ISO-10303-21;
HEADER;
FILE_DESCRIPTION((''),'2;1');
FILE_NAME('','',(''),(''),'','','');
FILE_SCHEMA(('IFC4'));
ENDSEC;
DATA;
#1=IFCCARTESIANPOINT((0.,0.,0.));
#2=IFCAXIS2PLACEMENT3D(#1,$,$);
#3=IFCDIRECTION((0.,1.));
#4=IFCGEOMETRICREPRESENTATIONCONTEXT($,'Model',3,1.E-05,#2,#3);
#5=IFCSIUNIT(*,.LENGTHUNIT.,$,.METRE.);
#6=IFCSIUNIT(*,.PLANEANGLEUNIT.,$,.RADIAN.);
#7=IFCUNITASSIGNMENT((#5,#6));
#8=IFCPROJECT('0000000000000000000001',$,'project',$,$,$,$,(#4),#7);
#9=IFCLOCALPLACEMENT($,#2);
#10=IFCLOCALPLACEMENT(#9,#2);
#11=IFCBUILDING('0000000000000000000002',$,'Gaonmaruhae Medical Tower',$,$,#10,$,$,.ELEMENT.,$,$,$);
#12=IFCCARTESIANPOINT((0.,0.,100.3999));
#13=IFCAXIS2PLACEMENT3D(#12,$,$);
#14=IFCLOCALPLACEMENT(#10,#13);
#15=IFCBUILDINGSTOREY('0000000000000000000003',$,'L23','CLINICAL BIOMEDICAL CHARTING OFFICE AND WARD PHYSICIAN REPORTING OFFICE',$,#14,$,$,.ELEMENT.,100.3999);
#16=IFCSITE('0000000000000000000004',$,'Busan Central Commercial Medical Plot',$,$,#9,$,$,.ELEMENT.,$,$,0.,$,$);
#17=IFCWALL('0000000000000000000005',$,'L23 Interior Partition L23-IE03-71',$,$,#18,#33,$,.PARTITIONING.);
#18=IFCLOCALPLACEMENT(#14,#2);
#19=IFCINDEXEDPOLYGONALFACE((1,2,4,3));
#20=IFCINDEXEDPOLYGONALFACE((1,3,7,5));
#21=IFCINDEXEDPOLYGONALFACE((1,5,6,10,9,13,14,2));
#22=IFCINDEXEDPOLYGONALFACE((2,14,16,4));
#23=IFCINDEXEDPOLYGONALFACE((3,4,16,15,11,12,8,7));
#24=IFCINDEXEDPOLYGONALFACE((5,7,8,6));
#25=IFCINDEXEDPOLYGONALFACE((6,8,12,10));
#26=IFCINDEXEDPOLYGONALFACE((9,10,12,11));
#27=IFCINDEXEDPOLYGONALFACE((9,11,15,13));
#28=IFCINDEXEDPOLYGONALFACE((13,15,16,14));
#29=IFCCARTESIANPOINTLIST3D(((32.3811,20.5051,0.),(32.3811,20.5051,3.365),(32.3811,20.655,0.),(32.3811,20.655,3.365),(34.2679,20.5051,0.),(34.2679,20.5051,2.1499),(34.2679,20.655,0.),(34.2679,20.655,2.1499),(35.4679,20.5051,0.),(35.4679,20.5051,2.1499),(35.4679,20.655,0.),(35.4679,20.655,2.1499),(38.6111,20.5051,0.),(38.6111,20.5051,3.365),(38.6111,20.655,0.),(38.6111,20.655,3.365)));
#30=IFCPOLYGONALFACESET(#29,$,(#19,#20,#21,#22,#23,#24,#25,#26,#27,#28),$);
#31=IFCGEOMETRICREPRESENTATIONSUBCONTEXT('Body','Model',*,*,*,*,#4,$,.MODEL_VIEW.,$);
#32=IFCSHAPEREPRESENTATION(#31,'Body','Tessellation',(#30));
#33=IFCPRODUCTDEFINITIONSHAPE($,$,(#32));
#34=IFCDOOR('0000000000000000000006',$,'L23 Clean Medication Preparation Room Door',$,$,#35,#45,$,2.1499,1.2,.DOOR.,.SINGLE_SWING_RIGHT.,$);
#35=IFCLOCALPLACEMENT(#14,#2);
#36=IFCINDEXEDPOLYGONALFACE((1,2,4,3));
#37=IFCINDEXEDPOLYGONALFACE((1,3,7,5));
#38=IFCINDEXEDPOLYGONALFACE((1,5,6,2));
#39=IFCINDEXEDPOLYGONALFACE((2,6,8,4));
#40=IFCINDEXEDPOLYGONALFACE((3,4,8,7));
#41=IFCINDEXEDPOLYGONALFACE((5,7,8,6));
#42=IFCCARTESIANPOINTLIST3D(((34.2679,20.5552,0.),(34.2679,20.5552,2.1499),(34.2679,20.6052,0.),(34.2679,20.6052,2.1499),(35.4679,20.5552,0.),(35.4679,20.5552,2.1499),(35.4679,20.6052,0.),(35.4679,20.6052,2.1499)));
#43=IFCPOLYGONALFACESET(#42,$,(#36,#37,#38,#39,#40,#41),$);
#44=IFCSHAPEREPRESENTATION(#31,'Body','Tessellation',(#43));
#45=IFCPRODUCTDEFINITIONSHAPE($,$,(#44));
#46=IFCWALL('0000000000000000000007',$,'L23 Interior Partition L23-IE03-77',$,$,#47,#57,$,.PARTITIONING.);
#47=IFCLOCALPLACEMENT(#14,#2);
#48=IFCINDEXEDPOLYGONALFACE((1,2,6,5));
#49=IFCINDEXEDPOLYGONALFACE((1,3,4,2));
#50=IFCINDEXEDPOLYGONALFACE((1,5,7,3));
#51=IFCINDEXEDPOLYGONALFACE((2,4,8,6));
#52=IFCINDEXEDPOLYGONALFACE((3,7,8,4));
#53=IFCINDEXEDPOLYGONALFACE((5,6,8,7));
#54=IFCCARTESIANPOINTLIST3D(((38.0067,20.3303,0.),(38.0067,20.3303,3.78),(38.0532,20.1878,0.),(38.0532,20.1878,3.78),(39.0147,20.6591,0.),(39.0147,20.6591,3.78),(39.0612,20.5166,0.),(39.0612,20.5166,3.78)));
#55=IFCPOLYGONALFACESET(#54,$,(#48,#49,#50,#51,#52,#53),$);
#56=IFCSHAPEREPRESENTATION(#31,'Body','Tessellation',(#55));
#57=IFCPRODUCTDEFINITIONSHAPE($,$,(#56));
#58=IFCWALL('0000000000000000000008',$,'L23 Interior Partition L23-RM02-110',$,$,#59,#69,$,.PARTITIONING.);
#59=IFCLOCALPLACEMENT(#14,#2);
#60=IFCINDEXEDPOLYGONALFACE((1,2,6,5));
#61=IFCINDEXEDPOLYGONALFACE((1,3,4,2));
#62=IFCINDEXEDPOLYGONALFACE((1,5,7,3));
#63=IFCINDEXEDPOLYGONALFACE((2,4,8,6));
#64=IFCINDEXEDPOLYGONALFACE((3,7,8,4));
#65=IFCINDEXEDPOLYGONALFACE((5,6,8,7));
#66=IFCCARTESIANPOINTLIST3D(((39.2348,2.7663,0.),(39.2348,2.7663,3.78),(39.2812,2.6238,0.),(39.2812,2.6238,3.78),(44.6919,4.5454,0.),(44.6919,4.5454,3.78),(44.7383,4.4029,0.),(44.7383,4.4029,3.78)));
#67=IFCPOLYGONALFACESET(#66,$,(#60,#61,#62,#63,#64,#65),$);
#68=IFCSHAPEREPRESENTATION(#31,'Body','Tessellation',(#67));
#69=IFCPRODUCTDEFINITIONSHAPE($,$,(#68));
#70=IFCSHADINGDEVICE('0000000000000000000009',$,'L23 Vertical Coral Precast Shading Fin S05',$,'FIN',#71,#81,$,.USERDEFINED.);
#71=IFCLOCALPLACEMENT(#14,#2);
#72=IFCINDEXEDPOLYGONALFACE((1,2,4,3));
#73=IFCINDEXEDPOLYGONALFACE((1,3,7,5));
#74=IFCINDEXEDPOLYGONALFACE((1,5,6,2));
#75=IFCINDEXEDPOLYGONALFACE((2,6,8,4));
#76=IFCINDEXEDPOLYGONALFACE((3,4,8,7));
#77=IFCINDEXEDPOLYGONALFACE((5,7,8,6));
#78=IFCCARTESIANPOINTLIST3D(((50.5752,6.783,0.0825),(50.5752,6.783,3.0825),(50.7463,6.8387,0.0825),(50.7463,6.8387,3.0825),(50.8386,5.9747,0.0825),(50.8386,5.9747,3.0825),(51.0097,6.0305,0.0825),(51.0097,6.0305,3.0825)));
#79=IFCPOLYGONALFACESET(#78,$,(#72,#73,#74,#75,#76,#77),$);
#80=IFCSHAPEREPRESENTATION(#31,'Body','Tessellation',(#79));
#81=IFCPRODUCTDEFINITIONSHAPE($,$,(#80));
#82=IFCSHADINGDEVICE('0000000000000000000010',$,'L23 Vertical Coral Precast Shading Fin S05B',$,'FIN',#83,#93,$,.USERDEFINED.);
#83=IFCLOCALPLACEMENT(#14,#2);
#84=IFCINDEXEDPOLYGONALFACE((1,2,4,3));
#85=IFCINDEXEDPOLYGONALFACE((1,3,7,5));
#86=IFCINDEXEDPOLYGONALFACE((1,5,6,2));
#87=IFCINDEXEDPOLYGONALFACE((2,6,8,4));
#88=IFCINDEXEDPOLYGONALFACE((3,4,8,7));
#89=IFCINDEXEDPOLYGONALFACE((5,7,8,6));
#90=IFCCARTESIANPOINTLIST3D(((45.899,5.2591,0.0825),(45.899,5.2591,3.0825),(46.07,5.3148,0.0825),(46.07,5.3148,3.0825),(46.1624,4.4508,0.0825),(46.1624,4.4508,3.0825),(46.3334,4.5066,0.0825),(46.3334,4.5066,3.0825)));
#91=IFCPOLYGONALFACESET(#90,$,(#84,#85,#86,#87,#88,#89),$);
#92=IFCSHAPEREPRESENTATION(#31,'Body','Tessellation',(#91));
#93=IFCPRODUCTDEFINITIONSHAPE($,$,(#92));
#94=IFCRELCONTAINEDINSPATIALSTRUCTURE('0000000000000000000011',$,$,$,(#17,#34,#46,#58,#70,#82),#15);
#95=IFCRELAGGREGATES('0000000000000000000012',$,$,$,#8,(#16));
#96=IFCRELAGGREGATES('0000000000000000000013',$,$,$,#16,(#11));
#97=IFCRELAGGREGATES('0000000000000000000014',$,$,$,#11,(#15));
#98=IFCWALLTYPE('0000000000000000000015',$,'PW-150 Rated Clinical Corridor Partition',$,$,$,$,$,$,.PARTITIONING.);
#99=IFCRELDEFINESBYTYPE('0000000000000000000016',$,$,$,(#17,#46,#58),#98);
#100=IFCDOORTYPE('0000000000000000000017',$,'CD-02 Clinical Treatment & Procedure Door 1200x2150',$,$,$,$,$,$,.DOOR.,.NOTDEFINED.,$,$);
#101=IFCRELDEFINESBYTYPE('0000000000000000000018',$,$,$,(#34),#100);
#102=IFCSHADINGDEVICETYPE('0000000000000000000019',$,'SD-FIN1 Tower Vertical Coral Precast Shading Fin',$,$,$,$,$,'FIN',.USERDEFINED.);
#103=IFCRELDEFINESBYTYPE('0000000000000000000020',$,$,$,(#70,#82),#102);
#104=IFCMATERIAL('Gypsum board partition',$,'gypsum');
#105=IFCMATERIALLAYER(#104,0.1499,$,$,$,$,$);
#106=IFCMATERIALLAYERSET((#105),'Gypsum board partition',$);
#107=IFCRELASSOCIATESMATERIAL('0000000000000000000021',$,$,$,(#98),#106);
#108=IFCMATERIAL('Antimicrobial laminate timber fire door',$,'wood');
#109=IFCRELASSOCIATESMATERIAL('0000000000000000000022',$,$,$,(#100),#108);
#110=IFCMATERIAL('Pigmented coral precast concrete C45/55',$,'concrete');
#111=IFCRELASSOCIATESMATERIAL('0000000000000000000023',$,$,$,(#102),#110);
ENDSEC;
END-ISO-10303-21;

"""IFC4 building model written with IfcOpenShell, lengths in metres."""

from ifc_helpers import new_model, si_unit, direction, frame, frame_2d, origin, origin_2d, place, context, subcontext, project, spatial, rectangle, extrude, material, layer, layer_set, type_object, element, fill, save


model = new_model("IFC4")

# Units and contexts
model_context = context("Model", 3, precision=1e-05, world=origin(), true_north=direction((0.0, 1.0)))
body_context = subcontext(model_context, "Body", "Model", "MODEL_VIEW")
ifc_project = project(units=[si_unit("LENGTHUNIT", "METRE"), si_unit("PLANEANGLEUNIT", "RADIAN")], contexts=[model_context])

# Site, building, storey
site_placement = place(None, origin())
site = spatial("IfcSite", under=ifc_project, at=site_placement, Name="Busan Central Commercial Medical Plot", CompositionType="ELEMENT", RefElevation=0.0)
building_placement = place(site_placement, origin())
building = spatial("IfcBuilding", under=site, at=building_placement, Name="Gaonmaruhae Medical Tower", CompositionType="ELEMENT")
storey_placement = place(building_placement, frame((0.0, 0.0, 100.3999)))
storey = spatial("IfcBuildingStorey", under=building, at=storey_placement, Name="L23", Description="CLINICAL BIOMEDICAL CHARTING OFFICE AND WARD PHYSICIAN REPORTING OFFICE", CompositionType="ELEMENT", Elevation=100.3999)

# Shared definitions
ifc_material_1 = material(Name="Gypsum board partition", Category="gypsum")
ifc_layer_1 = layer(ifc_material_1, 0.1499)
ifc_layer_set_1 = layer_set([ifc_layer_1], Name="Gypsum board partition")
wall_type_1 = type_object("IfcWallType", Name="PW-150 Rated Clinical Corridor Partition", PredefinedType="PARTITIONING", material=ifc_layer_set_1)

# Shared definitions
ifc_material_2 = material(Name="Antimicrobial laminate timber fire door", Category="wood")
door_type = type_object("IfcDoorType", Name="CD-02 Clinical Treatment & Procedure Door 1200x2150", OperationType="NOTDEFINED", PredefinedType="DOOR", material=ifc_material_2)

# Wall, opening, door
wall_1_placement = place(storey_placement, frame((38.6111, 20.5801, 0.0), z_axis=(0.0, 0.0, 1.0), x_axis=(-1.0, 0.0, 0.0)))
wall_1 = element("IfcWall", 1, at=wall_1_placement, inside=storey, type_object=wall_type_1, Name="L23 Interior Partition L23-IE03-71", PredefinedType="PARTITIONING", context=body_context, shape_type="SweptSolid", body=[
    extrude(rectangle(XDim=6.23, YDim=0.1499, at=frame_2d((3.115, 0.0))), origin(), (0.0, 0.0, 1.0), 3.365),
])
opening_1_placement = place(wall_1_placement, frame((3.1431, 0.0, 0.0)))
opening_1 = element("IfcOpeningElement", 2, at=opening_1_placement, cuts=wall_1, PredefinedType="OPENING", context=body_context, shape_type="SweptSolid", body=[
    extrude(rectangle(XDim=1.2, YDim=2.1499, at=frame_2d((0.6001, 1.075))), frame((0.0, 0.085, 0.0), z_axis=(0.0, -1.0, 0.0), x_axis=(1.0, 0.0, 0.0)), (0.0, 0.0, 1.0), 0.1699),
])
door_1_placement = place(opening_1_placement, origin())
door_1 = element("IfcDoor", 3, at=door_1_placement, inside=storey, type_object=door_type, Name="L23 Clean Medication Preparation Room Door", OperationType="SINGLE_SWING_RIGHT", OverallHeight=2.1499, OverallWidth=1.2, PredefinedType="DOOR", context=body_context, shape_type="SweptSolid", body=[
    extrude(rectangle(XDim=1.2, YDim=2.1499, at=frame_2d((0.6001, 1.075))), frame((0.0, 0.0249, 0.0), z_axis=(0.0, -1.0, 0.0), x_axis=(1.0, 0.0, 0.0)), (0.0, 0.0, 1.0), 0.05),
])
fill(opening_1, door_1)

# Walls
wall_2_placement = place(storey_placement, frame((39.0381, 20.5879, 0.0), z_axis=(0.0, 0.0, 1.0), x_axis=(-0.95069, -0.310143, 0.0)))
element("IfcWall", 4, at=wall_2_placement, inside=storey, type_object=wall_type_1, Name="L23 Interior Partition L23-IE03-77", PredefinedType="PARTITIONING", context=body_context, shape_type="SweptSolid", body=[
    extrude(rectangle(XDim=1.0603, YDim=0.1499, at=frame_2d((0.5303, 0.0))), origin(), (0.0, 0.0, 1.0), 3.78),
])
wall_3_placement = place(storey_placement, frame((44.7151, 4.4741, 0.0), z_axis=(0.0, 0.0, 1.0), x_axis=(-0.950751, -0.309955, 0.0)))
element("IfcWall", 5, at=wall_3_placement, inside=storey, type_object=wall_type_1, Name="L23 Interior Partition L23-RM02-110", PredefinedType="PARTITIONING", context=body_context, shape_type="SweptSolid", body=[
    extrude(rectangle(XDim=5.7397, YDim=0.1499, at=frame_2d((2.8699, 0.0))), origin(), (0.0, 0.0, 1.0), 3.78),
])

# Shading devices
ifc_material_3 = material(Name="Pigmented coral precast concrete C45/55", Category="concrete")
shading_device_type = type_object("IfcShadingDeviceType", Name="SD-FIN1 Tower Vertical Coral Precast Shading Fin", ElementType="FIN", PredefinedType="USERDEFINED", material=ifc_material_3)
for number, where, z_axis, x_axis, name in (
    (6, (50.7925, 6.4067, 0.0825), (0.0, 0.0, 1.0), (-0.950786, -0.309847, 0.0), "L23 Vertical Coral Precast Shading Fin S05"),
    (7, (46.1162, 4.8828, 0.0825), (0.0, 0.0, 1.0), (-0.950786, -0.309847, 0.0), "L23 Vertical Coral Precast Shading Fin S05B"),
):
    element("IfcShadingDevice", number, at=place(storey_placement, frame(where, z_axis=z_axis, x_axis=x_axis)), inside=storey, type_object=shading_device_type, Name=name, ObjectType="FIN", PredefinedType="USERDEFINED", context=body_context, shape_type="SweptSolid", body=[
        extrude(rectangle(XDim=0.1799, YDim=0.8501, at=origin_2d()), origin(), (0.0, 0.0, 1.0), 3.0),
    ])

save(model, "model.ifc")
